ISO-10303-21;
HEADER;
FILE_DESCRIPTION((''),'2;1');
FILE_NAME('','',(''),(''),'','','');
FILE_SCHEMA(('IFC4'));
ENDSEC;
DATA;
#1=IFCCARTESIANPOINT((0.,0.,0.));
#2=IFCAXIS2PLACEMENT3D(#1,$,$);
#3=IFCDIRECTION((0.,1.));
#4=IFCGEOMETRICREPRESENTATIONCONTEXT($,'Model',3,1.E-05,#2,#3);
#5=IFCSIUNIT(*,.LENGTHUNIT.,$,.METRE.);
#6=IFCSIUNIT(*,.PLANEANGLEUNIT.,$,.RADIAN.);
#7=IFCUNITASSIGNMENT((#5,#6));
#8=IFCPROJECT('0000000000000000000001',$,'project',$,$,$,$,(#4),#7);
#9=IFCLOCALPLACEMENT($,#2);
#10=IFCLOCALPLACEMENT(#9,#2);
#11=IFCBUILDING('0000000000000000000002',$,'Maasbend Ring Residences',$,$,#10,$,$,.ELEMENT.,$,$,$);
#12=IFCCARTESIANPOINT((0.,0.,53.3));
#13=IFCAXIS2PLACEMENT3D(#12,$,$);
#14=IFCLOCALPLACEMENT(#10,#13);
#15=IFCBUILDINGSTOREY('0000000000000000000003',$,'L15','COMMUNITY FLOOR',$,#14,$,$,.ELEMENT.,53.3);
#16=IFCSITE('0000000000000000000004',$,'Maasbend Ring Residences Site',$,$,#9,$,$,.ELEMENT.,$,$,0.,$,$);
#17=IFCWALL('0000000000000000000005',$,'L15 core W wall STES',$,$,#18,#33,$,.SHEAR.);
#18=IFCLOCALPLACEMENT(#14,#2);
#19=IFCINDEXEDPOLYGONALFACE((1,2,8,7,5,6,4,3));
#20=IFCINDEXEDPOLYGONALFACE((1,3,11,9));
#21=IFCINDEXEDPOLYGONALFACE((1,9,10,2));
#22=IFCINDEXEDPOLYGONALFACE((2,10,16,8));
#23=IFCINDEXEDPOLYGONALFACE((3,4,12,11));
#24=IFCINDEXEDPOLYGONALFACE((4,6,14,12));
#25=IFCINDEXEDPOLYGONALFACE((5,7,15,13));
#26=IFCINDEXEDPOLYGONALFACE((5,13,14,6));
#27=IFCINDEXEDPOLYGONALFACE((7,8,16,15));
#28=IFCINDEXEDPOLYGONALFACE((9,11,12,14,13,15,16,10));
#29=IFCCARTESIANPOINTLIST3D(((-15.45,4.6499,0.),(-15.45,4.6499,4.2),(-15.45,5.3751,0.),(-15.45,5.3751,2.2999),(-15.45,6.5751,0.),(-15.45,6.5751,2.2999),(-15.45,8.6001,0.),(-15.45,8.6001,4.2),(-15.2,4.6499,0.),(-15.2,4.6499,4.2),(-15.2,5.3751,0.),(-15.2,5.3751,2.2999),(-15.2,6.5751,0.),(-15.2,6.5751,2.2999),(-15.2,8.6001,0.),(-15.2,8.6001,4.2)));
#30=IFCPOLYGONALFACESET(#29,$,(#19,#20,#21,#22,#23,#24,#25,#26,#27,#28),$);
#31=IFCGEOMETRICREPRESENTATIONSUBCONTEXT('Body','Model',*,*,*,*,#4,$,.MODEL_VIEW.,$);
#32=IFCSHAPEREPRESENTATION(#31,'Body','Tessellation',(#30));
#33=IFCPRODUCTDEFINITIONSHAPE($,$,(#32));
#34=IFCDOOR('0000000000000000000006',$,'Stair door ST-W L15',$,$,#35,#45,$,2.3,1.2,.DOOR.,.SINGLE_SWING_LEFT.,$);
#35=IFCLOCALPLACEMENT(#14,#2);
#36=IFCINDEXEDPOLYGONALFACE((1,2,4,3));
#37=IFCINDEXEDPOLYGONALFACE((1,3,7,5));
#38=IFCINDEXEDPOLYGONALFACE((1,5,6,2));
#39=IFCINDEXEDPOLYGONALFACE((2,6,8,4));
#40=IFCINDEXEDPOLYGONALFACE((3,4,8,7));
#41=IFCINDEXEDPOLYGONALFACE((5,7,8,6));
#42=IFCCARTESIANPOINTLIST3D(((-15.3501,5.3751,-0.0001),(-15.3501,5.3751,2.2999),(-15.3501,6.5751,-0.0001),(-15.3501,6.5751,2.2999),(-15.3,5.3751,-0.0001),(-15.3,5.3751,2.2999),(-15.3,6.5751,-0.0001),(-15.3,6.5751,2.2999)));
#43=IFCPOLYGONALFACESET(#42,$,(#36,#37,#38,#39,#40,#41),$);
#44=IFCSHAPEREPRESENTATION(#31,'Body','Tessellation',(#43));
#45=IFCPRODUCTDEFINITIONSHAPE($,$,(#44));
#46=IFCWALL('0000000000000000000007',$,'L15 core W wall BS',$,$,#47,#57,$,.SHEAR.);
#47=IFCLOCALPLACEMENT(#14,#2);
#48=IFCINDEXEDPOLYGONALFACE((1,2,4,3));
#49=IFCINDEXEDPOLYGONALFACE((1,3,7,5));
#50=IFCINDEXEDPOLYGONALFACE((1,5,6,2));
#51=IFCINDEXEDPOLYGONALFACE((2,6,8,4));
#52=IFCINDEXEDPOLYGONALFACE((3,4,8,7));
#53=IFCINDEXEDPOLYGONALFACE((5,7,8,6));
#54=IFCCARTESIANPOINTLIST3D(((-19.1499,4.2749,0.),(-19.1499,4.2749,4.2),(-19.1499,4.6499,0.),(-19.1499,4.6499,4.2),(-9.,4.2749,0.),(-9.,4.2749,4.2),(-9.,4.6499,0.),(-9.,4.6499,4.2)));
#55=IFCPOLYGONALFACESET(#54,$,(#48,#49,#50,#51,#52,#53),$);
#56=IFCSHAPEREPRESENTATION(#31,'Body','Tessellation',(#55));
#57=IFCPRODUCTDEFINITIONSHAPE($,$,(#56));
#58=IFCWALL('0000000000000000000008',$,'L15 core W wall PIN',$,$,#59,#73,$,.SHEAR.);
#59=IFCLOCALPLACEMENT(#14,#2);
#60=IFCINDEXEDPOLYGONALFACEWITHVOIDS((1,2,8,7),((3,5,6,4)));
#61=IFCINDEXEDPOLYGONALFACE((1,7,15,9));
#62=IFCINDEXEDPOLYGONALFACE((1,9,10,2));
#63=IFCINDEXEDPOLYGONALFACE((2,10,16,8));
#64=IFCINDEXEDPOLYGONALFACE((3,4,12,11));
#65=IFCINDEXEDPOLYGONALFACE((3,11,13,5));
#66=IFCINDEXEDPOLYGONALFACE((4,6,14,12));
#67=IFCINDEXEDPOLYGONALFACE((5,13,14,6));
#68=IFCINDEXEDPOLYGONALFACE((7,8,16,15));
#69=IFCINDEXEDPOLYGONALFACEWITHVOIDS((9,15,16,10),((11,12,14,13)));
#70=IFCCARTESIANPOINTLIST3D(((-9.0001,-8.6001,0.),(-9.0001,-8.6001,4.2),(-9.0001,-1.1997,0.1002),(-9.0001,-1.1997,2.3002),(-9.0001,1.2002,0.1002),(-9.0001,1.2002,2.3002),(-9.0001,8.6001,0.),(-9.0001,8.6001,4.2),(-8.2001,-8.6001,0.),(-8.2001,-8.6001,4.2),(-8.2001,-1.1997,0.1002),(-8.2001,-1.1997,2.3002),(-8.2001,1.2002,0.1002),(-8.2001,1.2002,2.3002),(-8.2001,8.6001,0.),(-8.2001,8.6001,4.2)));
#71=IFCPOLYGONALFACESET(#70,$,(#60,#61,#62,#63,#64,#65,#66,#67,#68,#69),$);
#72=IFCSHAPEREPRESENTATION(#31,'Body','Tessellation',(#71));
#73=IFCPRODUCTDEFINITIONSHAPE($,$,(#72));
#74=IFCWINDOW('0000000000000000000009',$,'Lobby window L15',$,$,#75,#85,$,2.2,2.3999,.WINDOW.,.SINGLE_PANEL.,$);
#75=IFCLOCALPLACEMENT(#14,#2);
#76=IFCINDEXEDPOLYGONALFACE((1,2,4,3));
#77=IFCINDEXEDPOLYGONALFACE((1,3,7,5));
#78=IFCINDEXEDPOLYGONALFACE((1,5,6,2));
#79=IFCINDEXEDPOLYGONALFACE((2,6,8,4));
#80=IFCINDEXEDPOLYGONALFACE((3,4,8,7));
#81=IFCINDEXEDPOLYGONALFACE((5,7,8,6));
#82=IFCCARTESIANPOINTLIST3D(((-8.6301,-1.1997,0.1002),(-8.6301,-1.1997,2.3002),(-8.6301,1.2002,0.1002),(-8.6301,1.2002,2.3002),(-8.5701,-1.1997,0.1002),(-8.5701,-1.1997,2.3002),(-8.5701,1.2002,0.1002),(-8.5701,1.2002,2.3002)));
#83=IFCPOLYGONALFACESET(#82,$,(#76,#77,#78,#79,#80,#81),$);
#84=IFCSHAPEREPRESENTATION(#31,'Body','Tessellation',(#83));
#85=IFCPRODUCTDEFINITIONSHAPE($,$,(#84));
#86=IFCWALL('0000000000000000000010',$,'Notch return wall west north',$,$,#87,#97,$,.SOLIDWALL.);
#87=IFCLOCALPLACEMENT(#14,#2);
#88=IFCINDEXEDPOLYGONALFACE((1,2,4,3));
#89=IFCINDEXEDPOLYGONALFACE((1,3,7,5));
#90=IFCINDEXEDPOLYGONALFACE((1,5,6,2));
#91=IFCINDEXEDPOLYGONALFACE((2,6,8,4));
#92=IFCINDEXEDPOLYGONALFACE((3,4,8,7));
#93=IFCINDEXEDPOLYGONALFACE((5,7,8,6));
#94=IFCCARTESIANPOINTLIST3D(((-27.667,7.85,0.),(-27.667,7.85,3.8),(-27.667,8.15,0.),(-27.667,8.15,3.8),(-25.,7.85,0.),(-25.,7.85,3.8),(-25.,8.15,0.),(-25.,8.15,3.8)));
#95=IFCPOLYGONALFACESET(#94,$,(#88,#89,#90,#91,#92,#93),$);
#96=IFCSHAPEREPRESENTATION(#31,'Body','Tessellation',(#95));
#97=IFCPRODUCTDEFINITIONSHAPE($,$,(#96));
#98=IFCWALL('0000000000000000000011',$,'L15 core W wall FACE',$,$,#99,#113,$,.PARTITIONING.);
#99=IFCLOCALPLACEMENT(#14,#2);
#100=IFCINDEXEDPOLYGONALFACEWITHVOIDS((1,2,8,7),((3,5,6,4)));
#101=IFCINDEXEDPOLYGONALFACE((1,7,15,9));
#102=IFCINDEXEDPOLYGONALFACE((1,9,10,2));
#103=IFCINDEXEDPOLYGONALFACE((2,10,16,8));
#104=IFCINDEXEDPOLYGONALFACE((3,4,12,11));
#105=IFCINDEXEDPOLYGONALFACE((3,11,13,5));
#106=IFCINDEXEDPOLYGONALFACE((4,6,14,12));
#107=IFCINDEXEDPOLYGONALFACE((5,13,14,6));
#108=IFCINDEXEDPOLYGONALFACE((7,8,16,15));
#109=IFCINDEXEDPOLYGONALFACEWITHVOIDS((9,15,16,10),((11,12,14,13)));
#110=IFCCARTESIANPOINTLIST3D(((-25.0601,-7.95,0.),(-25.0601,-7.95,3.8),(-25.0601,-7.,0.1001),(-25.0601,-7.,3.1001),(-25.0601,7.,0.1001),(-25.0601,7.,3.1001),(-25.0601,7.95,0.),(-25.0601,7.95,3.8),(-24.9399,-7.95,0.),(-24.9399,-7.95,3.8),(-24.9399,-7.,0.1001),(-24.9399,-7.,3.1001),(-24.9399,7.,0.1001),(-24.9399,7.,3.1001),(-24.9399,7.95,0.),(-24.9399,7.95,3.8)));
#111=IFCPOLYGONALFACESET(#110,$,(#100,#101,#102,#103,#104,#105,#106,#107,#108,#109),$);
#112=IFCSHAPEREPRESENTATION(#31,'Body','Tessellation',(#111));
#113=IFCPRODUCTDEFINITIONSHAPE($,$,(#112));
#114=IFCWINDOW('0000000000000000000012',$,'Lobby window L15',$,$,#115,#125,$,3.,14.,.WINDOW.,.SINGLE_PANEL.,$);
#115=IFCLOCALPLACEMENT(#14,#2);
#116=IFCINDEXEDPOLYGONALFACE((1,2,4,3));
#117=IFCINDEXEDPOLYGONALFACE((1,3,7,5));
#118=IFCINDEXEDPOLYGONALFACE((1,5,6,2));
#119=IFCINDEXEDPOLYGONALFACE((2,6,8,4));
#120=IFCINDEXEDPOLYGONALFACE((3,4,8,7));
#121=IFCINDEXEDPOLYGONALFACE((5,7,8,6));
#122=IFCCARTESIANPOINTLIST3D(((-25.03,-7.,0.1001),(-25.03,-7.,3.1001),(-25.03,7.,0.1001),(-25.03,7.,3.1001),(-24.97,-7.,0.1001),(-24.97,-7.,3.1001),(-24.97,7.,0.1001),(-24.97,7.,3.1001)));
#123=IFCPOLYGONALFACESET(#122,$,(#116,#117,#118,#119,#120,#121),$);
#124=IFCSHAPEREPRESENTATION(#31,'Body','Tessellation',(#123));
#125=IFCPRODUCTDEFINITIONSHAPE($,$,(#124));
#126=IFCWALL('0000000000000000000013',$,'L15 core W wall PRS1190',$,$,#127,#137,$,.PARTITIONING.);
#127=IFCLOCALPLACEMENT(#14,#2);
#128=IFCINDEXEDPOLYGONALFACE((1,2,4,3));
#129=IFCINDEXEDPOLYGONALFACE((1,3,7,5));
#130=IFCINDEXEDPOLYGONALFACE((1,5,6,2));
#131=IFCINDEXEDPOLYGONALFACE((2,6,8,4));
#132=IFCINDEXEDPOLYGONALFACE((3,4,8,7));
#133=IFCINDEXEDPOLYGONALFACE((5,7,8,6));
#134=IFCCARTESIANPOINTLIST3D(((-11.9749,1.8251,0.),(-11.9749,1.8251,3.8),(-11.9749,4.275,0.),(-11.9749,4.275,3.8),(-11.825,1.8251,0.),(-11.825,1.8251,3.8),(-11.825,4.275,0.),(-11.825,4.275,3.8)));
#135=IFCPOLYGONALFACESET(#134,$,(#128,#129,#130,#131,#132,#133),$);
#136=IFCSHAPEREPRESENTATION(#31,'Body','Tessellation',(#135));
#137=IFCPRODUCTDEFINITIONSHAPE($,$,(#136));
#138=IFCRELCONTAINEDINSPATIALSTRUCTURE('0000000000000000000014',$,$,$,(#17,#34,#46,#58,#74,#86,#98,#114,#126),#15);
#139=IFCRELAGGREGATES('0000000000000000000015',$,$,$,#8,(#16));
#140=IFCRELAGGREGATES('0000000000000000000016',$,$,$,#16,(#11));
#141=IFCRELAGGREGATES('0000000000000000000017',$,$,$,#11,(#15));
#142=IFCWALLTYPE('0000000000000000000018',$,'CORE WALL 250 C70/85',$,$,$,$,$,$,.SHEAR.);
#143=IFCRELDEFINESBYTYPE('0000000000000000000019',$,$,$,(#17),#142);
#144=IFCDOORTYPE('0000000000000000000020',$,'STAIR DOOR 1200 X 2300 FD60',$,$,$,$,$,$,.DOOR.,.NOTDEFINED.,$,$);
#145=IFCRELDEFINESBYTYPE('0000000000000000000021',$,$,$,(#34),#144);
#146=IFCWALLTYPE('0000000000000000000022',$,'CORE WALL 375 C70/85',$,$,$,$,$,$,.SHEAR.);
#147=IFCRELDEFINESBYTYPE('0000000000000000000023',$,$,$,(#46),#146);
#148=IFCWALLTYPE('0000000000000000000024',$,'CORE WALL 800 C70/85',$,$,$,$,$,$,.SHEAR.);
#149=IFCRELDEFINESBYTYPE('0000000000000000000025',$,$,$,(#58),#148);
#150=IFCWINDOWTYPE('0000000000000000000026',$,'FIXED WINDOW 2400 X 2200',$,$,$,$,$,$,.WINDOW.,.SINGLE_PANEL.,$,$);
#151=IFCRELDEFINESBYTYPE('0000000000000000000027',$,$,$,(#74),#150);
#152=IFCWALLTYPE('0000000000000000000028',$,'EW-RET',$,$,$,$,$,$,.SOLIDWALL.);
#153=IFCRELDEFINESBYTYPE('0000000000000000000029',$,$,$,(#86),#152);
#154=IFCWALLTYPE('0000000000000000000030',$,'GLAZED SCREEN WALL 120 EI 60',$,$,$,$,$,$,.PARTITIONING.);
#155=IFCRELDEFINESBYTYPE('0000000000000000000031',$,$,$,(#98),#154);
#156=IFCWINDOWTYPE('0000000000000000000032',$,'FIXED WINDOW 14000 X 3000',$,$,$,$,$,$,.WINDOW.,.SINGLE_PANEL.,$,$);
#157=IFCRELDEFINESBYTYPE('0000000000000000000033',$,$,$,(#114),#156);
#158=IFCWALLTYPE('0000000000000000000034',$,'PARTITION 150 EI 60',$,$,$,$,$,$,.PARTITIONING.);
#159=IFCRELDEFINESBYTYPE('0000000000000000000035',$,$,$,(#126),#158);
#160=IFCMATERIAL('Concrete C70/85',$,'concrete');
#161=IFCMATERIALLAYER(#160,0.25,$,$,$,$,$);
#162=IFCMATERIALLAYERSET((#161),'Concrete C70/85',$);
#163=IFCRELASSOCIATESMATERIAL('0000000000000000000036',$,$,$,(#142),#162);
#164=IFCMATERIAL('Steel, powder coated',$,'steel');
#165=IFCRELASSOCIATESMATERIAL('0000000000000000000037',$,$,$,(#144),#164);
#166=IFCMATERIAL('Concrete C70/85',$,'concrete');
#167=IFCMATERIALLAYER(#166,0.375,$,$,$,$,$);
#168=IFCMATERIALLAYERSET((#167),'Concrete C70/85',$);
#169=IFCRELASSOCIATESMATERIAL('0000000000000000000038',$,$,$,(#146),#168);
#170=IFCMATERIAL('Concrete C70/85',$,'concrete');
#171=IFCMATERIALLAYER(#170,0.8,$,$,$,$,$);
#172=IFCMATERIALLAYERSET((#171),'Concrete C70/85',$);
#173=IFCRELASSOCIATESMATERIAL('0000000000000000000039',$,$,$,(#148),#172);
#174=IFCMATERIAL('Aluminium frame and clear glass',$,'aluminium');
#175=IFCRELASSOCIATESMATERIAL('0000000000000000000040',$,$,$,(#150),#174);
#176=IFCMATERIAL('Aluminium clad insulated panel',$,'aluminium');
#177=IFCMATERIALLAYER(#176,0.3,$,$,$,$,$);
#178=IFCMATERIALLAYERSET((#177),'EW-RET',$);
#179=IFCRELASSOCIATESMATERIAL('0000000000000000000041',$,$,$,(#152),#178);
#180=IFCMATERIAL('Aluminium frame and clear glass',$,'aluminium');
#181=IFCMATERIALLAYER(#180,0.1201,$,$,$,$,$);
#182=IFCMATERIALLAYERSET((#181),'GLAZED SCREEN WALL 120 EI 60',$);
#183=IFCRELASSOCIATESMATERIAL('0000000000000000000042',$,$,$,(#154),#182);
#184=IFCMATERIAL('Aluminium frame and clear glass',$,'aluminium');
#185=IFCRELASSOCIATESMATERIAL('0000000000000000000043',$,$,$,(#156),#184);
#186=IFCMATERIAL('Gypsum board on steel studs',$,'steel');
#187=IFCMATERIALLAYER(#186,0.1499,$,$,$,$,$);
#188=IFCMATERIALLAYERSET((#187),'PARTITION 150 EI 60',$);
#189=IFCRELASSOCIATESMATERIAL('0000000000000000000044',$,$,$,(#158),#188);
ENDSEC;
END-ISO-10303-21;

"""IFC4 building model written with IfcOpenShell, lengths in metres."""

from ifc_helpers import new_model, si_unit, direction, frame, frame_2d, origin, place, context, subcontext, project, spatial, rectangle, extrude, material, layer, layer_set, type_object, element, fill, save


model = new_model("IFC4")

# Units and contexts
model_context = context("Model", 3, precision=1e-05, world=origin(), true_north=direction((0.0, 1.0)))
body_context = subcontext(model_context, "Body", "Model", "MODEL_VIEW")
ifc_project = project(units=[si_unit("LENGTHUNIT", "METRE"), si_unit("PLANEANGLEUNIT", "RADIAN")], contexts=[model_context])

# Site, building, storey
site_placement = place(None, origin())
site = spatial("IfcSite", under=ifc_project, at=site_placement, Name="Maasbend Ring Residences Site", CompositionType="ELEMENT", RefElevation=0.0)
building_placement = place(site_placement, origin())
building = spatial("IfcBuilding", under=site, at=building_placement, Name="Maasbend Ring Residences", CompositionType="ELEMENT")
storey_placement = place(building_placement, frame((0.0, 0.0, 53.3)))
storey = spatial("IfcBuildingStorey", under=building, at=storey_placement, Name="L15", Description="COMMUNITY FLOOR", CompositionType="ELEMENT", Elevation=53.3)

# Shared definitions
ifc_material_1 = material(Name="Concrete C70/85", Category="concrete")
ifc_layer_1 = layer(ifc_material_1, 0.25)
ifc_layer_set_1 = layer_set([ifc_layer_1], Name="Concrete C70/85")
wall_type_1 = type_object("IfcWallType", Name="CORE WALL 250 C70/85", PredefinedType="SHEAR", material=ifc_layer_set_1)

# Wall, opening, door
wall_1_placement = place(storey_placement, frame((-15.325, 8.6001, 0.0), z_axis=(0.0, 0.0, 1.0), x_axis=(0.0, -1.0, 0.0)))
wall_1 = element("IfcWall", 1, at=wall_1_placement, inside=storey, type_object=wall_type_1, Name="L15 core W wall STES", PredefinedType="SHEAR", context=body_context, shape_type="SweptSolid", body=[
    extrude(rectangle(XDim=3.9502, YDim=0.25, at=frame_2d((1.9751, 0.0))), origin(), (0.0, 0.0, 1.0), 4.2),
])
opening_1_placement = place(wall_1_placement, frame((2.0249, 0.0, 0.0)))
opening_1 = element("IfcOpeningElement", 2, at=opening_1_placement, cuts=wall_1, PredefinedType="OPENING", context=body_context, shape_type="SweptSolid", body=[
    extrude(rectangle(XDim=1.2, YDim=2.3, at=frame_2d((0.6001, 1.1499))), frame((0.0, 0.135, 0.0), z_axis=(0.0, -1.0, 0.0), x_axis=(1.0, 0.0, 0.0)), (0.0, 0.0, 1.0), 0.27),
])
ifc_material_2 = material(Name="Steel, powder coated", Category="steel")
door_type_1 = type_object("IfcDoorType", Name="STAIR DOOR 1200 X 2300 FD60", OperationType="NOTDEFINED", PredefinedType="DOOR", material=ifc_material_2)
door_1_placement = place(opening_1_placement, origin())
door_1 = element("IfcDoor", 3, at=door_1_placement, inside=storey, type_object=door_type_1, Name="Stair door ST-W L15", OperationType="SINGLE_SWING_LEFT", OverallHeight=2.3, OverallWidth=1.2, PredefinedType="DOOR", context=body_context, shape_type="SweptSolid", body=[
    extrude(rectangle(XDim=1.2, YDim=2.3, at=frame_2d((0.6001, 1.1499))), frame((0.0, 0.0249, 0.0), z_axis=(0.0, -1.0, 0.0), x_axis=(1.0, 0.0, 0.0)), (0.0, 0.0, 1.0), 0.05),
])
fill(opening_1, door_1)

# Wall
ifc_material_3 = material(Name="Concrete C70/85", Category="concrete")
ifc_layer_2 = layer(ifc_material_3, 0.375)
ifc_layer_set_2 = layer_set([ifc_layer_2], Name="Concrete C70/85")
wall_type_2 = type_object("IfcWallType", Name="CORE WALL 375 C70/85", PredefinedType="SHEAR", material=ifc_layer_set_2)
wall_2_placement = place(storey_placement, frame((-9.0, 4.4624, 0.0), z_axis=(0.0, 0.0, 1.0), x_axis=(-1.0, 0.0, 0.0)))
element("IfcWall", 4, at=wall_2_placement, inside=storey, type_object=wall_type_2, Name="L15 core W wall BS", PredefinedType="SHEAR", context=body_context, shape_type="SweptSolid", body=[
    extrude(rectangle(XDim=10.1499, YDim=0.375, at=frame_2d((5.075, 0.0))), origin(), (0.0, 0.0, 1.0), 4.2),
])

# Wall, opening, window
ifc_material_4 = material(Name="Concrete C70/85", Category="concrete")
ifc_layer_3 = layer(ifc_material_4, 0.8)
ifc_layer_set_3 = layer_set([ifc_layer_3], Name="Concrete C70/85")
wall_type_3 = type_object("IfcWallType", Name="CORE WALL 800 C70/85", PredefinedType="SHEAR", material=ifc_layer_set_3)
wall_3_placement = place(storey_placement, frame((-8.6001, 8.6001, 0.0), z_axis=(0.0, 0.0, 1.0), x_axis=(0.0, -1.0, 0.0)))
wall_3 = element("IfcWall", 5, at=wall_3_placement, inside=storey, type_object=wall_type_3, Name="L15 core W wall PIN", PredefinedType="SHEAR", context=body_context, shape_type="SweptSolid", body=[
    extrude(rectangle(XDim=17.2002, YDim=0.8, at=frame_2d((8.6001, 0.0))), origin(), (0.0, 0.0, 1.0), 4.2),
])
opening_2_placement = place(wall_3_placement, frame((7.3999, 0.0, 0.1001)))
opening_2 = element("IfcOpeningElement", 6, at=opening_2_placement, cuts=wall_3, PredefinedType="OPENING", context=body_context, shape_type="SweptSolid", body=[
    extrude(rectangle(XDim=2.3999, YDim=2.2, at=frame_2d((1.2, 1.1001))), frame((0.0, 0.4102, 0.0), z_axis=(0.0, -1.0, 0.0), x_axis=(1.0, 0.0, 0.0)), (0.0, 0.0, 1.0), 0.8201),
])
ifc_material_5 = material(Name="Aluminium frame and clear glass", Category="aluminium")
window_type_1 = type_object("IfcWindowType", Name="FIXED WINDOW 2400 X 2200", PartitioningType="SINGLE_PANEL", PredefinedType="WINDOW", material=ifc_material_5)
window_1_placement = place(opening_2_placement, origin())
window_1 = element("IfcWindow", 7, at=window_1_placement, inside=storey, type_object=window_type_1, Name="Lobby window L15", OverallHeight=2.2, OverallWidth=2.3999, PartitioningType="SINGLE_PANEL", PredefinedType="WINDOW", context=body_context, shape_type="SweptSolid", body=[
    extrude(rectangle(XDim=2.3999, YDim=2.2, at=frame_2d((1.2, 1.1001))), frame((0.0, 0.03, 0.0), z_axis=(0.0, -1.0, 0.0), x_axis=(1.0, 0.0, 0.0)), (0.0, 0.0, 1.0), 0.0601),
])
fill(opening_2, window_1)

# Wall
ifc_material_6 = material(Name="Aluminium clad insulated panel", Category="aluminium")
ifc_layer_4 = layer(ifc_material_6, 0.3)
ifc_layer_set_4 = layer_set([ifc_layer_4], Name="EW-RET")
wall_type_4 = type_object("IfcWallType", Name="EW-RET", PredefinedType="SOLIDWALL", material=ifc_layer_set_4)
wall_4_placement = place(storey_placement, frame((-25.0, 8.0, 0.0), z_axis=(0.0, 0.0, 1.0), x_axis=(-1.0, 0.0, 0.0)))
element("IfcWall", 8, at=wall_4_placement, inside=storey, type_object=wall_type_4, Name="Notch return wall west north", PredefinedType="SOLIDWALL", context=body_context, shape_type="SweptSolid", body=[
    extrude(rectangle(XDim=2.667, YDim=0.3, at=frame_2d((1.3335, 0.0))), origin(), (0.0, 0.0, 1.0), 3.8),
])

# Wall, opening, window
ifc_material_7 = material(Name="Aluminium frame and clear glass", Category="aluminium")
ifc_layer_5 = layer(ifc_material_7, 0.1201)
ifc_layer_set_5 = layer_set([ifc_layer_5], Name="GLAZED SCREEN WALL 120 EI 60")
wall_type_5 = type_object("IfcWallType", Name="GLAZED SCREEN WALL 120 EI 60", PredefinedType="PARTITIONING", material=ifc_layer_set_5)
wall_5_placement = place(storey_placement, frame((-25.0, 7.95, 0.0), z_axis=(0.0, 0.0, 1.0), x_axis=(0.0, -1.0, 0.0)))
wall_5 = element("IfcWall", 9, at=wall_5_placement, inside=storey, type_object=wall_type_5, Name="L15 core W wall FACE", PredefinedType="PARTITIONING", context=body_context, shape_type="SweptSolid", body=[
    extrude(rectangle(XDim=15.8999, YDim=0.1201, at=frame_2d((7.95, 0.0))), origin(), (0.0, 0.0, 1.0), 3.8),
])
opening_3_placement = place(wall_5_placement, frame((0.95, 0.0, 0.1001)))
opening_3 = element("IfcOpeningElement", 10, at=opening_3_placement, cuts=wall_5, PredefinedType="OPENING", context=body_context, shape_type="SweptSolid", body=[
    extrude(rectangle(XDim=14.0, YDim=3.0, at=frame_2d((7.0, 1.5))), frame((0.0, 0.0701, 0.0), z_axis=(0.0, -1.0, 0.0), x_axis=(1.0, 0.0, 0.0)), (0.0, 0.0, 1.0), 0.1401),
])
ifc_material_8 = material(Name="Aluminium frame and clear glass", Category="aluminium")
window_type_2 = type_object("IfcWindowType", Name="FIXED WINDOW 14000 X 3000", PartitioningType="SINGLE_PANEL", PredefinedType="WINDOW", material=ifc_material_8)
window_2_placement = place(opening_3_placement, origin())
window_2 = element("IfcWindow", 11, at=window_2_placement, inside=storey, type_object=window_type_2, Name="Lobby window L15", OverallHeight=3.0, OverallWidth=14.0, PartitioningType="SINGLE_PANEL", PredefinedType="WINDOW", context=body_context, shape_type="SweptSolid", body=[
    extrude(rectangle(XDim=14.0, YDim=3.0, at=frame_2d((7.0, 1.5))), frame((0.0, 0.03, 0.0), z_axis=(0.0, -1.0, 0.0), x_axis=(1.0, 0.0, 0.0)), (0.0, 0.0, 1.0), 0.0601),
])
fill(opening_3, window_2)

# Wall
ifc_material_9 = material(Name="Gypsum board on steel studs", Category="steel")
ifc_layer_6 = layer(ifc_material_9, 0.1499)
ifc_layer_set_6 = layer_set([ifc_layer_6], Name="PARTITION 150 EI 60")
wall_type_6 = type_object("IfcWallType", Name="PARTITION 150 EI 60", PredefinedType="PARTITIONING", material=ifc_layer_set_6)
wall_6_placement = place(storey_placement, frame((-11.8999, 1.825, 0.0), z_axis=(0.0, 0.0, 1.0), x_axis=(0.0, 1.0, 0.0)))
element("IfcWall", 12, at=wall_6_placement, inside=storey, type_object=wall_type_6, Name="L15 core W wall PRS1190", PredefinedType="PARTITIONING", context=body_context, shape_type="SweptSolid", body=[
    extrude(rectangle(XDim=2.45, YDim=0.1499, at=frame_2d((1.2251, 0.0))), origin(), (0.0, 0.0, 1.0), 3.8),
])

save(model, "model.ifc")
